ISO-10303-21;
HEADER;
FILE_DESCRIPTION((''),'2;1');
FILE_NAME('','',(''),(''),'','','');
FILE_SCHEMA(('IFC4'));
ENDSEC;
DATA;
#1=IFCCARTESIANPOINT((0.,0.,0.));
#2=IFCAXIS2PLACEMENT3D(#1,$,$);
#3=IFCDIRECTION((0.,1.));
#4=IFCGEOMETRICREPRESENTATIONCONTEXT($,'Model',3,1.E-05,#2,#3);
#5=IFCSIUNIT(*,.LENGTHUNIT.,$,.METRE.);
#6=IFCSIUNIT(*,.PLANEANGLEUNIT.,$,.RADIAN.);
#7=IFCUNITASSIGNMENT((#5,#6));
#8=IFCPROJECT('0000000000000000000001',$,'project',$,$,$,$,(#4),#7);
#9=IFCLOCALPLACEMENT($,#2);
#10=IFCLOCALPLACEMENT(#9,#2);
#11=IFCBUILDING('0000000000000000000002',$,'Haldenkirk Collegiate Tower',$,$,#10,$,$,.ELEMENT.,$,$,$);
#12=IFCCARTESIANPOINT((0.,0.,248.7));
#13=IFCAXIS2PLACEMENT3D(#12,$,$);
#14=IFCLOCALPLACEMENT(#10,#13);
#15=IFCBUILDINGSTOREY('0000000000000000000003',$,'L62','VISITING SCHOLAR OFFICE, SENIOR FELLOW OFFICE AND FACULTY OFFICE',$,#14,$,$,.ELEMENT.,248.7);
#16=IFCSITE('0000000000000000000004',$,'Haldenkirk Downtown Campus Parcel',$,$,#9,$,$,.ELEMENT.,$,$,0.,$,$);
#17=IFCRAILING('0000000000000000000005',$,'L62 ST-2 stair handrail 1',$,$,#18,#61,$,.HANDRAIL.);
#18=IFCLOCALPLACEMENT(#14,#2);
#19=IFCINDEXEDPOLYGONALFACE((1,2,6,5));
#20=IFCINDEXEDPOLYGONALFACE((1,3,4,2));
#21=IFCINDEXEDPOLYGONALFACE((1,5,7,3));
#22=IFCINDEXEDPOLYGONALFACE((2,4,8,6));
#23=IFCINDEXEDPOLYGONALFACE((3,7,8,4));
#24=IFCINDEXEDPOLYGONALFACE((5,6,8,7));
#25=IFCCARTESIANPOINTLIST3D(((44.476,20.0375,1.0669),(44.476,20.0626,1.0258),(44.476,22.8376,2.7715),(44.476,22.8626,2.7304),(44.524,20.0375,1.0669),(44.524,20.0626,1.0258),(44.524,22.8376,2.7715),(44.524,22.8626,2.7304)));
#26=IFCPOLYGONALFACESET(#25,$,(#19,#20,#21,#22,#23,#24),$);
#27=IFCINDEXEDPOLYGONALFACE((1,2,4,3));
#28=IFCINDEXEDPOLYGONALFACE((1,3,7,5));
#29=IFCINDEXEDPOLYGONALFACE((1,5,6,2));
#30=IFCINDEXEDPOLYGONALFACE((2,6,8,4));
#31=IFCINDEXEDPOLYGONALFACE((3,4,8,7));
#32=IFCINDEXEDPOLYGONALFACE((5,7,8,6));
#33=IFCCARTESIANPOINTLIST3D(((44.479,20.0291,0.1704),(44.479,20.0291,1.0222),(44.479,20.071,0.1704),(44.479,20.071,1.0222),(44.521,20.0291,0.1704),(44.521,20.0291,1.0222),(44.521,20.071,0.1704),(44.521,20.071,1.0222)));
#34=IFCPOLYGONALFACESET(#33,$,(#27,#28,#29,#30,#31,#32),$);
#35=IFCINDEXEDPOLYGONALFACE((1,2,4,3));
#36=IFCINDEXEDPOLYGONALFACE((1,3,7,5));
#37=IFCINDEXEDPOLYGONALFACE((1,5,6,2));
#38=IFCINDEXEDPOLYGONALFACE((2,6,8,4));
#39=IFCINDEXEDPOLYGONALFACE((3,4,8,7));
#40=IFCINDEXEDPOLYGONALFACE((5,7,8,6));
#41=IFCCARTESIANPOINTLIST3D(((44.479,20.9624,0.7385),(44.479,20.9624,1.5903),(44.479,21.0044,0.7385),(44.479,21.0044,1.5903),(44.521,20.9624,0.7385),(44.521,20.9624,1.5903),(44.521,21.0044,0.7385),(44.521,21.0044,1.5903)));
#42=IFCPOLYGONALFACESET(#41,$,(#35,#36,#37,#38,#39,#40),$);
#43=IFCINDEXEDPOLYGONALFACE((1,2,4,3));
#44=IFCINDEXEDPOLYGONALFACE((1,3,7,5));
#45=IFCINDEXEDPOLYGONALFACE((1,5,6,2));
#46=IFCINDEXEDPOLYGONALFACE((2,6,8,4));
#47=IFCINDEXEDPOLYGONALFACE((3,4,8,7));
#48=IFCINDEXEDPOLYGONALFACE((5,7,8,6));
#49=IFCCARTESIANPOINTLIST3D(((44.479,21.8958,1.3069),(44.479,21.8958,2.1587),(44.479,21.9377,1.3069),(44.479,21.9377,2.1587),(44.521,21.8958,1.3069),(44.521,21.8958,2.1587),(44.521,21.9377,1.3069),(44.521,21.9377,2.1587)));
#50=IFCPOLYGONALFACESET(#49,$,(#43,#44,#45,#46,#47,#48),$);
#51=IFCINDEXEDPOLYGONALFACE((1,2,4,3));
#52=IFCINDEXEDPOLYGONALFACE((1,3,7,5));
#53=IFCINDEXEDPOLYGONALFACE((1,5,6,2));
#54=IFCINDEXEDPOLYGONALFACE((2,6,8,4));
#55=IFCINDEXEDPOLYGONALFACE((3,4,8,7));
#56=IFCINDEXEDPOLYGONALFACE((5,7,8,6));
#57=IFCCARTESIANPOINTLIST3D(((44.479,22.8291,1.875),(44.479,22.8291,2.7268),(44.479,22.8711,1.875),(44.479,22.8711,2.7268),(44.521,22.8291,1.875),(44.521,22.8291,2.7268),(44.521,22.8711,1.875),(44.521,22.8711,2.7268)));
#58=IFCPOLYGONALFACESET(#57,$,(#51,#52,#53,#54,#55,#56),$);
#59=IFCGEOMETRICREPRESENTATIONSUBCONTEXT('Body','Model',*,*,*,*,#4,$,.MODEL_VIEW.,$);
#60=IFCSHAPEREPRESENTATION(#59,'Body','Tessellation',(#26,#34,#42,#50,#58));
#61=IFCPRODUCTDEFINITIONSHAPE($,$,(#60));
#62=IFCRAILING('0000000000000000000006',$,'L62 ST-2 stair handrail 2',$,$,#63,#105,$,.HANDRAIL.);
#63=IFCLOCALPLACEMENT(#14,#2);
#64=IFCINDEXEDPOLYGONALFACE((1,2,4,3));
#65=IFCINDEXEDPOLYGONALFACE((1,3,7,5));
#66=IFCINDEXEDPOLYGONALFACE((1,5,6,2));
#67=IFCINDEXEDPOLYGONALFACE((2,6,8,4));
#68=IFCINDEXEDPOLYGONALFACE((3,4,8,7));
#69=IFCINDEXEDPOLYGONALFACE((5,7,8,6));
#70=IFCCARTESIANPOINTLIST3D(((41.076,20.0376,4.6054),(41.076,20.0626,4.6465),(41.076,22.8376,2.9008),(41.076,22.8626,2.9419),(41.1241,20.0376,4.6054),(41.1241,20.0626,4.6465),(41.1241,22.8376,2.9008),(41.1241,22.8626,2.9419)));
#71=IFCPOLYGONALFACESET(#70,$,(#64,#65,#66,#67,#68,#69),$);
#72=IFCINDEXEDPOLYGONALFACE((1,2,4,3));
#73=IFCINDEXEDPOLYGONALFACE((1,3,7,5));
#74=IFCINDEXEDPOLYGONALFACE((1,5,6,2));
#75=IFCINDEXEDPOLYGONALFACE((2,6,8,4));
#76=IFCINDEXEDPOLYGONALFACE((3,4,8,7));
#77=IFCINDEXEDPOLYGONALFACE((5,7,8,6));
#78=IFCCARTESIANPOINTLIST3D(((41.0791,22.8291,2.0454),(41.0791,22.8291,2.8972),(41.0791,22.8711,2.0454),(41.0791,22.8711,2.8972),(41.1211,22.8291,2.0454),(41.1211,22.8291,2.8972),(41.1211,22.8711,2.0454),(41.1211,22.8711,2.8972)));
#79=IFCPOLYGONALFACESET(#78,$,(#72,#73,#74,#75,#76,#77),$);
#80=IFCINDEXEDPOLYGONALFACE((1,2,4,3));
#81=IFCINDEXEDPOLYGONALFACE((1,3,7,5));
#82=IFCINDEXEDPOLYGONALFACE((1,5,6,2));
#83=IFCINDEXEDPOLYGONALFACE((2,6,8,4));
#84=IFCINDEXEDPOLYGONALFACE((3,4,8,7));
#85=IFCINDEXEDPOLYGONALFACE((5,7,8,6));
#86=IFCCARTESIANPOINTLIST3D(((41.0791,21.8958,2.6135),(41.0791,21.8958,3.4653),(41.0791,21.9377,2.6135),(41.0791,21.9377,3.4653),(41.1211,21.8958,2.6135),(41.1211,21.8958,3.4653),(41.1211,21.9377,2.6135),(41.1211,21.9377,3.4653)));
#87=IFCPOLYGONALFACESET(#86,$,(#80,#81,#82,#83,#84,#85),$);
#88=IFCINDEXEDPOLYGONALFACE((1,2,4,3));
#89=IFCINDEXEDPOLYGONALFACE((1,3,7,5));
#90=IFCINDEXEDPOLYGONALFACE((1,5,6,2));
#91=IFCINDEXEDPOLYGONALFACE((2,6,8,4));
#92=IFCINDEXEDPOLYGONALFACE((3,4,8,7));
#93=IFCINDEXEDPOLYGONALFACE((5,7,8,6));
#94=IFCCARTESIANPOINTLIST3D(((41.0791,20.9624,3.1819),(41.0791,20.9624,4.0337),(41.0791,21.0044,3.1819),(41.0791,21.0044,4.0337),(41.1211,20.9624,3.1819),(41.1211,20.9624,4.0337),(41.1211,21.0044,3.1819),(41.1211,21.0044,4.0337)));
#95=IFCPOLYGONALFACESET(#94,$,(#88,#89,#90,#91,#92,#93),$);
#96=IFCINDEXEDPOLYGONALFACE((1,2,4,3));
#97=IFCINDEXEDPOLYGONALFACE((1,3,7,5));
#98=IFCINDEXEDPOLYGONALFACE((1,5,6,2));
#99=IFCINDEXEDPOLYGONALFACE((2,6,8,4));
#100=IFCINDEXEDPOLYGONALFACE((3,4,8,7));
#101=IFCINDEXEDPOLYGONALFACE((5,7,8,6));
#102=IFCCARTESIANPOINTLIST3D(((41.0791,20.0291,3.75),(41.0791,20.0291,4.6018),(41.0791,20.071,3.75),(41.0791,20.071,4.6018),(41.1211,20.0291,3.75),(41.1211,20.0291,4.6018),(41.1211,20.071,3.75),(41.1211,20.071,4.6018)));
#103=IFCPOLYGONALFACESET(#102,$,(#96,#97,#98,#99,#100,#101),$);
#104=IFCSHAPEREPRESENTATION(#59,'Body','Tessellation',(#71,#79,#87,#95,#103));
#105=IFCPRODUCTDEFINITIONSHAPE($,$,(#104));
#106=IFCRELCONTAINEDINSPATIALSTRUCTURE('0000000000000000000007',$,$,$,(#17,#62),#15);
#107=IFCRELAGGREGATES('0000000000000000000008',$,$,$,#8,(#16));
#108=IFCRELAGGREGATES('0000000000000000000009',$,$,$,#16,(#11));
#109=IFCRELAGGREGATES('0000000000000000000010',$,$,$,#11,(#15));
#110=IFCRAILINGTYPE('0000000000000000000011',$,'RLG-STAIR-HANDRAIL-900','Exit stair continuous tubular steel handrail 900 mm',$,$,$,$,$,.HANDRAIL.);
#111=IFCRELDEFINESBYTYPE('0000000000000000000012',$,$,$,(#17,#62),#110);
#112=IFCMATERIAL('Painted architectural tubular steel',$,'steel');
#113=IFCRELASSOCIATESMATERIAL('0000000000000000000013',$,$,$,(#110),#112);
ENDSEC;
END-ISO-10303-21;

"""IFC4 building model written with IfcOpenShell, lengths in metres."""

from ifc_helpers import new_model, si_unit, direction, frame, origin, origin_2d, place, context, subcontext, project, spatial, rectangle, extrude, material, type_object, element, save


model = new_model("IFC4")

# Units and contexts
model_context = context("Model", 3, precision=1e-05, world=origin(), true_north=direction((0.0, 1.0)))
body_context = subcontext(model_context, "Body", "Model", "MODEL_VIEW")
ifc_project = project(units=[si_unit("LENGTHUNIT", "METRE"), si_unit("PLANEANGLEUNIT", "RADIAN")], contexts=[model_context])

# Site, building, storey
site_placement = place(None, origin())
site = spatial("IfcSite", under=ifc_project, at=site_placement, Name="Haldenkirk Downtown Campus Parcel", CompositionType="ELEMENT", RefElevation=0.0)
building_placement = place(site_placement, origin())
building = spatial("IfcBuilding", under=site, at=building_placement, Name="Haldenkirk Collegiate Tower", CompositionType="ELEMENT")
storey_placement = place(building_placement, frame((0.0, 0.0, 248.7)))
storey = spatial("IfcBuildingStorey", under=building, at=storey_placement, Name="L62", Description="VISITING SCHOLAR OFFICE, SENIOR FELLOW OFFICE AND FACULTY OFFICE", CompositionType="ELEMENT", Elevation=248.7)

# Railings
ifc_material_1 = material(Name="Painted architectural tubular steel", Category="steel")
railing_type_1 = type_object("IfcRailingType", Name="RLG-STAIR-HANDRAIL-900", Description="Exit stair continuous tubular steel handrail 900 mm", PredefinedType="HANDRAIL", material=ifc_material_1)
railing_1_placement = place(storey_placement, frame((44.5, 20.05, 0.1704)))
element("IfcRailing", 1, at=railing_1_placement, inside=storey, type_object=railing_type_1, Name="L62 ST-2 stair handrail 1", PredefinedType="HANDRAIL", context=body_context, shape_type="SweptSolid", body=[
    extrude(rectangle(XDim=0.0481, YDim=0.0481, at=origin_2d()), frame((0.0, 0.0, 0.876), z_axis=(0.0, 0.85417, 0.519994), x_axis=(-1.0, 0.0, 0.0)), (0.0, 0.0, 1.0), 3.2781),
    extrude(rectangle(XDim=0.042, YDim=0.042, at=origin_2d()), origin(), (0.0, 0.0, 1.0), 0.8518),
    extrude(rectangle(XDim=0.042, YDim=0.042, at=origin_2d()), frame((0.0, 0.9333, 0.5681)), (0.0, 0.0, 1.0), 0.8518),
    extrude(rectangle(XDim=0.042, YDim=0.042, at=origin_2d()), frame((0.0, 1.8667, 1.1365)), (0.0, 0.0, 1.0), 0.8518),
    extrude(rectangle(XDim=0.042, YDim=0.042, at=origin_2d()), frame((0.0, 2.8, 1.7046)), (0.0, 0.0, 1.0), 0.8518),
])
railing_2_placement = place(storey_placement, frame((41.1001, 22.8501, 2.0454)))
element("IfcRailing", 2, at=railing_2_placement, inside=storey, type_object=railing_type_1, Name="L62 ST-2 stair handrail 2", PredefinedType="HANDRAIL", context=body_context, shape_type="SweptSolid", body=[
    extrude(rectangle(XDim=0.0481, YDim=0.0481, at=origin_2d()), frame((0.0, 0.0, 0.876), z_axis=(0.0, -0.85417, 0.519994), x_axis=(1.0, 0.0, 0.0)), (0.0, 0.0, 1.0), 3.2781),
    extrude(rectangle(XDim=0.042, YDim=0.042, at=origin_2d()), origin(), (0.0, 0.0, 1.0), 0.8518),
    extrude(rectangle(XDim=0.042, YDim=0.042, at=origin_2d()), frame((0.0, -0.9333, 0.5681)), (0.0, 0.0, 1.0), 0.8518),
    extrude(rectangle(XDim=0.042, YDim=0.042, at=origin_2d()), frame((0.0, -1.8667, 1.1365)), (0.0, 0.0, 1.0), 0.8518),
    extrude(rectangle(XDim=0.042, YDim=0.042, at=origin_2d()), frame((0.0, -2.8, 1.7046)), (0.0, 0.0, 1.0), 0.8518),
])

save(model, "model.ifc")
